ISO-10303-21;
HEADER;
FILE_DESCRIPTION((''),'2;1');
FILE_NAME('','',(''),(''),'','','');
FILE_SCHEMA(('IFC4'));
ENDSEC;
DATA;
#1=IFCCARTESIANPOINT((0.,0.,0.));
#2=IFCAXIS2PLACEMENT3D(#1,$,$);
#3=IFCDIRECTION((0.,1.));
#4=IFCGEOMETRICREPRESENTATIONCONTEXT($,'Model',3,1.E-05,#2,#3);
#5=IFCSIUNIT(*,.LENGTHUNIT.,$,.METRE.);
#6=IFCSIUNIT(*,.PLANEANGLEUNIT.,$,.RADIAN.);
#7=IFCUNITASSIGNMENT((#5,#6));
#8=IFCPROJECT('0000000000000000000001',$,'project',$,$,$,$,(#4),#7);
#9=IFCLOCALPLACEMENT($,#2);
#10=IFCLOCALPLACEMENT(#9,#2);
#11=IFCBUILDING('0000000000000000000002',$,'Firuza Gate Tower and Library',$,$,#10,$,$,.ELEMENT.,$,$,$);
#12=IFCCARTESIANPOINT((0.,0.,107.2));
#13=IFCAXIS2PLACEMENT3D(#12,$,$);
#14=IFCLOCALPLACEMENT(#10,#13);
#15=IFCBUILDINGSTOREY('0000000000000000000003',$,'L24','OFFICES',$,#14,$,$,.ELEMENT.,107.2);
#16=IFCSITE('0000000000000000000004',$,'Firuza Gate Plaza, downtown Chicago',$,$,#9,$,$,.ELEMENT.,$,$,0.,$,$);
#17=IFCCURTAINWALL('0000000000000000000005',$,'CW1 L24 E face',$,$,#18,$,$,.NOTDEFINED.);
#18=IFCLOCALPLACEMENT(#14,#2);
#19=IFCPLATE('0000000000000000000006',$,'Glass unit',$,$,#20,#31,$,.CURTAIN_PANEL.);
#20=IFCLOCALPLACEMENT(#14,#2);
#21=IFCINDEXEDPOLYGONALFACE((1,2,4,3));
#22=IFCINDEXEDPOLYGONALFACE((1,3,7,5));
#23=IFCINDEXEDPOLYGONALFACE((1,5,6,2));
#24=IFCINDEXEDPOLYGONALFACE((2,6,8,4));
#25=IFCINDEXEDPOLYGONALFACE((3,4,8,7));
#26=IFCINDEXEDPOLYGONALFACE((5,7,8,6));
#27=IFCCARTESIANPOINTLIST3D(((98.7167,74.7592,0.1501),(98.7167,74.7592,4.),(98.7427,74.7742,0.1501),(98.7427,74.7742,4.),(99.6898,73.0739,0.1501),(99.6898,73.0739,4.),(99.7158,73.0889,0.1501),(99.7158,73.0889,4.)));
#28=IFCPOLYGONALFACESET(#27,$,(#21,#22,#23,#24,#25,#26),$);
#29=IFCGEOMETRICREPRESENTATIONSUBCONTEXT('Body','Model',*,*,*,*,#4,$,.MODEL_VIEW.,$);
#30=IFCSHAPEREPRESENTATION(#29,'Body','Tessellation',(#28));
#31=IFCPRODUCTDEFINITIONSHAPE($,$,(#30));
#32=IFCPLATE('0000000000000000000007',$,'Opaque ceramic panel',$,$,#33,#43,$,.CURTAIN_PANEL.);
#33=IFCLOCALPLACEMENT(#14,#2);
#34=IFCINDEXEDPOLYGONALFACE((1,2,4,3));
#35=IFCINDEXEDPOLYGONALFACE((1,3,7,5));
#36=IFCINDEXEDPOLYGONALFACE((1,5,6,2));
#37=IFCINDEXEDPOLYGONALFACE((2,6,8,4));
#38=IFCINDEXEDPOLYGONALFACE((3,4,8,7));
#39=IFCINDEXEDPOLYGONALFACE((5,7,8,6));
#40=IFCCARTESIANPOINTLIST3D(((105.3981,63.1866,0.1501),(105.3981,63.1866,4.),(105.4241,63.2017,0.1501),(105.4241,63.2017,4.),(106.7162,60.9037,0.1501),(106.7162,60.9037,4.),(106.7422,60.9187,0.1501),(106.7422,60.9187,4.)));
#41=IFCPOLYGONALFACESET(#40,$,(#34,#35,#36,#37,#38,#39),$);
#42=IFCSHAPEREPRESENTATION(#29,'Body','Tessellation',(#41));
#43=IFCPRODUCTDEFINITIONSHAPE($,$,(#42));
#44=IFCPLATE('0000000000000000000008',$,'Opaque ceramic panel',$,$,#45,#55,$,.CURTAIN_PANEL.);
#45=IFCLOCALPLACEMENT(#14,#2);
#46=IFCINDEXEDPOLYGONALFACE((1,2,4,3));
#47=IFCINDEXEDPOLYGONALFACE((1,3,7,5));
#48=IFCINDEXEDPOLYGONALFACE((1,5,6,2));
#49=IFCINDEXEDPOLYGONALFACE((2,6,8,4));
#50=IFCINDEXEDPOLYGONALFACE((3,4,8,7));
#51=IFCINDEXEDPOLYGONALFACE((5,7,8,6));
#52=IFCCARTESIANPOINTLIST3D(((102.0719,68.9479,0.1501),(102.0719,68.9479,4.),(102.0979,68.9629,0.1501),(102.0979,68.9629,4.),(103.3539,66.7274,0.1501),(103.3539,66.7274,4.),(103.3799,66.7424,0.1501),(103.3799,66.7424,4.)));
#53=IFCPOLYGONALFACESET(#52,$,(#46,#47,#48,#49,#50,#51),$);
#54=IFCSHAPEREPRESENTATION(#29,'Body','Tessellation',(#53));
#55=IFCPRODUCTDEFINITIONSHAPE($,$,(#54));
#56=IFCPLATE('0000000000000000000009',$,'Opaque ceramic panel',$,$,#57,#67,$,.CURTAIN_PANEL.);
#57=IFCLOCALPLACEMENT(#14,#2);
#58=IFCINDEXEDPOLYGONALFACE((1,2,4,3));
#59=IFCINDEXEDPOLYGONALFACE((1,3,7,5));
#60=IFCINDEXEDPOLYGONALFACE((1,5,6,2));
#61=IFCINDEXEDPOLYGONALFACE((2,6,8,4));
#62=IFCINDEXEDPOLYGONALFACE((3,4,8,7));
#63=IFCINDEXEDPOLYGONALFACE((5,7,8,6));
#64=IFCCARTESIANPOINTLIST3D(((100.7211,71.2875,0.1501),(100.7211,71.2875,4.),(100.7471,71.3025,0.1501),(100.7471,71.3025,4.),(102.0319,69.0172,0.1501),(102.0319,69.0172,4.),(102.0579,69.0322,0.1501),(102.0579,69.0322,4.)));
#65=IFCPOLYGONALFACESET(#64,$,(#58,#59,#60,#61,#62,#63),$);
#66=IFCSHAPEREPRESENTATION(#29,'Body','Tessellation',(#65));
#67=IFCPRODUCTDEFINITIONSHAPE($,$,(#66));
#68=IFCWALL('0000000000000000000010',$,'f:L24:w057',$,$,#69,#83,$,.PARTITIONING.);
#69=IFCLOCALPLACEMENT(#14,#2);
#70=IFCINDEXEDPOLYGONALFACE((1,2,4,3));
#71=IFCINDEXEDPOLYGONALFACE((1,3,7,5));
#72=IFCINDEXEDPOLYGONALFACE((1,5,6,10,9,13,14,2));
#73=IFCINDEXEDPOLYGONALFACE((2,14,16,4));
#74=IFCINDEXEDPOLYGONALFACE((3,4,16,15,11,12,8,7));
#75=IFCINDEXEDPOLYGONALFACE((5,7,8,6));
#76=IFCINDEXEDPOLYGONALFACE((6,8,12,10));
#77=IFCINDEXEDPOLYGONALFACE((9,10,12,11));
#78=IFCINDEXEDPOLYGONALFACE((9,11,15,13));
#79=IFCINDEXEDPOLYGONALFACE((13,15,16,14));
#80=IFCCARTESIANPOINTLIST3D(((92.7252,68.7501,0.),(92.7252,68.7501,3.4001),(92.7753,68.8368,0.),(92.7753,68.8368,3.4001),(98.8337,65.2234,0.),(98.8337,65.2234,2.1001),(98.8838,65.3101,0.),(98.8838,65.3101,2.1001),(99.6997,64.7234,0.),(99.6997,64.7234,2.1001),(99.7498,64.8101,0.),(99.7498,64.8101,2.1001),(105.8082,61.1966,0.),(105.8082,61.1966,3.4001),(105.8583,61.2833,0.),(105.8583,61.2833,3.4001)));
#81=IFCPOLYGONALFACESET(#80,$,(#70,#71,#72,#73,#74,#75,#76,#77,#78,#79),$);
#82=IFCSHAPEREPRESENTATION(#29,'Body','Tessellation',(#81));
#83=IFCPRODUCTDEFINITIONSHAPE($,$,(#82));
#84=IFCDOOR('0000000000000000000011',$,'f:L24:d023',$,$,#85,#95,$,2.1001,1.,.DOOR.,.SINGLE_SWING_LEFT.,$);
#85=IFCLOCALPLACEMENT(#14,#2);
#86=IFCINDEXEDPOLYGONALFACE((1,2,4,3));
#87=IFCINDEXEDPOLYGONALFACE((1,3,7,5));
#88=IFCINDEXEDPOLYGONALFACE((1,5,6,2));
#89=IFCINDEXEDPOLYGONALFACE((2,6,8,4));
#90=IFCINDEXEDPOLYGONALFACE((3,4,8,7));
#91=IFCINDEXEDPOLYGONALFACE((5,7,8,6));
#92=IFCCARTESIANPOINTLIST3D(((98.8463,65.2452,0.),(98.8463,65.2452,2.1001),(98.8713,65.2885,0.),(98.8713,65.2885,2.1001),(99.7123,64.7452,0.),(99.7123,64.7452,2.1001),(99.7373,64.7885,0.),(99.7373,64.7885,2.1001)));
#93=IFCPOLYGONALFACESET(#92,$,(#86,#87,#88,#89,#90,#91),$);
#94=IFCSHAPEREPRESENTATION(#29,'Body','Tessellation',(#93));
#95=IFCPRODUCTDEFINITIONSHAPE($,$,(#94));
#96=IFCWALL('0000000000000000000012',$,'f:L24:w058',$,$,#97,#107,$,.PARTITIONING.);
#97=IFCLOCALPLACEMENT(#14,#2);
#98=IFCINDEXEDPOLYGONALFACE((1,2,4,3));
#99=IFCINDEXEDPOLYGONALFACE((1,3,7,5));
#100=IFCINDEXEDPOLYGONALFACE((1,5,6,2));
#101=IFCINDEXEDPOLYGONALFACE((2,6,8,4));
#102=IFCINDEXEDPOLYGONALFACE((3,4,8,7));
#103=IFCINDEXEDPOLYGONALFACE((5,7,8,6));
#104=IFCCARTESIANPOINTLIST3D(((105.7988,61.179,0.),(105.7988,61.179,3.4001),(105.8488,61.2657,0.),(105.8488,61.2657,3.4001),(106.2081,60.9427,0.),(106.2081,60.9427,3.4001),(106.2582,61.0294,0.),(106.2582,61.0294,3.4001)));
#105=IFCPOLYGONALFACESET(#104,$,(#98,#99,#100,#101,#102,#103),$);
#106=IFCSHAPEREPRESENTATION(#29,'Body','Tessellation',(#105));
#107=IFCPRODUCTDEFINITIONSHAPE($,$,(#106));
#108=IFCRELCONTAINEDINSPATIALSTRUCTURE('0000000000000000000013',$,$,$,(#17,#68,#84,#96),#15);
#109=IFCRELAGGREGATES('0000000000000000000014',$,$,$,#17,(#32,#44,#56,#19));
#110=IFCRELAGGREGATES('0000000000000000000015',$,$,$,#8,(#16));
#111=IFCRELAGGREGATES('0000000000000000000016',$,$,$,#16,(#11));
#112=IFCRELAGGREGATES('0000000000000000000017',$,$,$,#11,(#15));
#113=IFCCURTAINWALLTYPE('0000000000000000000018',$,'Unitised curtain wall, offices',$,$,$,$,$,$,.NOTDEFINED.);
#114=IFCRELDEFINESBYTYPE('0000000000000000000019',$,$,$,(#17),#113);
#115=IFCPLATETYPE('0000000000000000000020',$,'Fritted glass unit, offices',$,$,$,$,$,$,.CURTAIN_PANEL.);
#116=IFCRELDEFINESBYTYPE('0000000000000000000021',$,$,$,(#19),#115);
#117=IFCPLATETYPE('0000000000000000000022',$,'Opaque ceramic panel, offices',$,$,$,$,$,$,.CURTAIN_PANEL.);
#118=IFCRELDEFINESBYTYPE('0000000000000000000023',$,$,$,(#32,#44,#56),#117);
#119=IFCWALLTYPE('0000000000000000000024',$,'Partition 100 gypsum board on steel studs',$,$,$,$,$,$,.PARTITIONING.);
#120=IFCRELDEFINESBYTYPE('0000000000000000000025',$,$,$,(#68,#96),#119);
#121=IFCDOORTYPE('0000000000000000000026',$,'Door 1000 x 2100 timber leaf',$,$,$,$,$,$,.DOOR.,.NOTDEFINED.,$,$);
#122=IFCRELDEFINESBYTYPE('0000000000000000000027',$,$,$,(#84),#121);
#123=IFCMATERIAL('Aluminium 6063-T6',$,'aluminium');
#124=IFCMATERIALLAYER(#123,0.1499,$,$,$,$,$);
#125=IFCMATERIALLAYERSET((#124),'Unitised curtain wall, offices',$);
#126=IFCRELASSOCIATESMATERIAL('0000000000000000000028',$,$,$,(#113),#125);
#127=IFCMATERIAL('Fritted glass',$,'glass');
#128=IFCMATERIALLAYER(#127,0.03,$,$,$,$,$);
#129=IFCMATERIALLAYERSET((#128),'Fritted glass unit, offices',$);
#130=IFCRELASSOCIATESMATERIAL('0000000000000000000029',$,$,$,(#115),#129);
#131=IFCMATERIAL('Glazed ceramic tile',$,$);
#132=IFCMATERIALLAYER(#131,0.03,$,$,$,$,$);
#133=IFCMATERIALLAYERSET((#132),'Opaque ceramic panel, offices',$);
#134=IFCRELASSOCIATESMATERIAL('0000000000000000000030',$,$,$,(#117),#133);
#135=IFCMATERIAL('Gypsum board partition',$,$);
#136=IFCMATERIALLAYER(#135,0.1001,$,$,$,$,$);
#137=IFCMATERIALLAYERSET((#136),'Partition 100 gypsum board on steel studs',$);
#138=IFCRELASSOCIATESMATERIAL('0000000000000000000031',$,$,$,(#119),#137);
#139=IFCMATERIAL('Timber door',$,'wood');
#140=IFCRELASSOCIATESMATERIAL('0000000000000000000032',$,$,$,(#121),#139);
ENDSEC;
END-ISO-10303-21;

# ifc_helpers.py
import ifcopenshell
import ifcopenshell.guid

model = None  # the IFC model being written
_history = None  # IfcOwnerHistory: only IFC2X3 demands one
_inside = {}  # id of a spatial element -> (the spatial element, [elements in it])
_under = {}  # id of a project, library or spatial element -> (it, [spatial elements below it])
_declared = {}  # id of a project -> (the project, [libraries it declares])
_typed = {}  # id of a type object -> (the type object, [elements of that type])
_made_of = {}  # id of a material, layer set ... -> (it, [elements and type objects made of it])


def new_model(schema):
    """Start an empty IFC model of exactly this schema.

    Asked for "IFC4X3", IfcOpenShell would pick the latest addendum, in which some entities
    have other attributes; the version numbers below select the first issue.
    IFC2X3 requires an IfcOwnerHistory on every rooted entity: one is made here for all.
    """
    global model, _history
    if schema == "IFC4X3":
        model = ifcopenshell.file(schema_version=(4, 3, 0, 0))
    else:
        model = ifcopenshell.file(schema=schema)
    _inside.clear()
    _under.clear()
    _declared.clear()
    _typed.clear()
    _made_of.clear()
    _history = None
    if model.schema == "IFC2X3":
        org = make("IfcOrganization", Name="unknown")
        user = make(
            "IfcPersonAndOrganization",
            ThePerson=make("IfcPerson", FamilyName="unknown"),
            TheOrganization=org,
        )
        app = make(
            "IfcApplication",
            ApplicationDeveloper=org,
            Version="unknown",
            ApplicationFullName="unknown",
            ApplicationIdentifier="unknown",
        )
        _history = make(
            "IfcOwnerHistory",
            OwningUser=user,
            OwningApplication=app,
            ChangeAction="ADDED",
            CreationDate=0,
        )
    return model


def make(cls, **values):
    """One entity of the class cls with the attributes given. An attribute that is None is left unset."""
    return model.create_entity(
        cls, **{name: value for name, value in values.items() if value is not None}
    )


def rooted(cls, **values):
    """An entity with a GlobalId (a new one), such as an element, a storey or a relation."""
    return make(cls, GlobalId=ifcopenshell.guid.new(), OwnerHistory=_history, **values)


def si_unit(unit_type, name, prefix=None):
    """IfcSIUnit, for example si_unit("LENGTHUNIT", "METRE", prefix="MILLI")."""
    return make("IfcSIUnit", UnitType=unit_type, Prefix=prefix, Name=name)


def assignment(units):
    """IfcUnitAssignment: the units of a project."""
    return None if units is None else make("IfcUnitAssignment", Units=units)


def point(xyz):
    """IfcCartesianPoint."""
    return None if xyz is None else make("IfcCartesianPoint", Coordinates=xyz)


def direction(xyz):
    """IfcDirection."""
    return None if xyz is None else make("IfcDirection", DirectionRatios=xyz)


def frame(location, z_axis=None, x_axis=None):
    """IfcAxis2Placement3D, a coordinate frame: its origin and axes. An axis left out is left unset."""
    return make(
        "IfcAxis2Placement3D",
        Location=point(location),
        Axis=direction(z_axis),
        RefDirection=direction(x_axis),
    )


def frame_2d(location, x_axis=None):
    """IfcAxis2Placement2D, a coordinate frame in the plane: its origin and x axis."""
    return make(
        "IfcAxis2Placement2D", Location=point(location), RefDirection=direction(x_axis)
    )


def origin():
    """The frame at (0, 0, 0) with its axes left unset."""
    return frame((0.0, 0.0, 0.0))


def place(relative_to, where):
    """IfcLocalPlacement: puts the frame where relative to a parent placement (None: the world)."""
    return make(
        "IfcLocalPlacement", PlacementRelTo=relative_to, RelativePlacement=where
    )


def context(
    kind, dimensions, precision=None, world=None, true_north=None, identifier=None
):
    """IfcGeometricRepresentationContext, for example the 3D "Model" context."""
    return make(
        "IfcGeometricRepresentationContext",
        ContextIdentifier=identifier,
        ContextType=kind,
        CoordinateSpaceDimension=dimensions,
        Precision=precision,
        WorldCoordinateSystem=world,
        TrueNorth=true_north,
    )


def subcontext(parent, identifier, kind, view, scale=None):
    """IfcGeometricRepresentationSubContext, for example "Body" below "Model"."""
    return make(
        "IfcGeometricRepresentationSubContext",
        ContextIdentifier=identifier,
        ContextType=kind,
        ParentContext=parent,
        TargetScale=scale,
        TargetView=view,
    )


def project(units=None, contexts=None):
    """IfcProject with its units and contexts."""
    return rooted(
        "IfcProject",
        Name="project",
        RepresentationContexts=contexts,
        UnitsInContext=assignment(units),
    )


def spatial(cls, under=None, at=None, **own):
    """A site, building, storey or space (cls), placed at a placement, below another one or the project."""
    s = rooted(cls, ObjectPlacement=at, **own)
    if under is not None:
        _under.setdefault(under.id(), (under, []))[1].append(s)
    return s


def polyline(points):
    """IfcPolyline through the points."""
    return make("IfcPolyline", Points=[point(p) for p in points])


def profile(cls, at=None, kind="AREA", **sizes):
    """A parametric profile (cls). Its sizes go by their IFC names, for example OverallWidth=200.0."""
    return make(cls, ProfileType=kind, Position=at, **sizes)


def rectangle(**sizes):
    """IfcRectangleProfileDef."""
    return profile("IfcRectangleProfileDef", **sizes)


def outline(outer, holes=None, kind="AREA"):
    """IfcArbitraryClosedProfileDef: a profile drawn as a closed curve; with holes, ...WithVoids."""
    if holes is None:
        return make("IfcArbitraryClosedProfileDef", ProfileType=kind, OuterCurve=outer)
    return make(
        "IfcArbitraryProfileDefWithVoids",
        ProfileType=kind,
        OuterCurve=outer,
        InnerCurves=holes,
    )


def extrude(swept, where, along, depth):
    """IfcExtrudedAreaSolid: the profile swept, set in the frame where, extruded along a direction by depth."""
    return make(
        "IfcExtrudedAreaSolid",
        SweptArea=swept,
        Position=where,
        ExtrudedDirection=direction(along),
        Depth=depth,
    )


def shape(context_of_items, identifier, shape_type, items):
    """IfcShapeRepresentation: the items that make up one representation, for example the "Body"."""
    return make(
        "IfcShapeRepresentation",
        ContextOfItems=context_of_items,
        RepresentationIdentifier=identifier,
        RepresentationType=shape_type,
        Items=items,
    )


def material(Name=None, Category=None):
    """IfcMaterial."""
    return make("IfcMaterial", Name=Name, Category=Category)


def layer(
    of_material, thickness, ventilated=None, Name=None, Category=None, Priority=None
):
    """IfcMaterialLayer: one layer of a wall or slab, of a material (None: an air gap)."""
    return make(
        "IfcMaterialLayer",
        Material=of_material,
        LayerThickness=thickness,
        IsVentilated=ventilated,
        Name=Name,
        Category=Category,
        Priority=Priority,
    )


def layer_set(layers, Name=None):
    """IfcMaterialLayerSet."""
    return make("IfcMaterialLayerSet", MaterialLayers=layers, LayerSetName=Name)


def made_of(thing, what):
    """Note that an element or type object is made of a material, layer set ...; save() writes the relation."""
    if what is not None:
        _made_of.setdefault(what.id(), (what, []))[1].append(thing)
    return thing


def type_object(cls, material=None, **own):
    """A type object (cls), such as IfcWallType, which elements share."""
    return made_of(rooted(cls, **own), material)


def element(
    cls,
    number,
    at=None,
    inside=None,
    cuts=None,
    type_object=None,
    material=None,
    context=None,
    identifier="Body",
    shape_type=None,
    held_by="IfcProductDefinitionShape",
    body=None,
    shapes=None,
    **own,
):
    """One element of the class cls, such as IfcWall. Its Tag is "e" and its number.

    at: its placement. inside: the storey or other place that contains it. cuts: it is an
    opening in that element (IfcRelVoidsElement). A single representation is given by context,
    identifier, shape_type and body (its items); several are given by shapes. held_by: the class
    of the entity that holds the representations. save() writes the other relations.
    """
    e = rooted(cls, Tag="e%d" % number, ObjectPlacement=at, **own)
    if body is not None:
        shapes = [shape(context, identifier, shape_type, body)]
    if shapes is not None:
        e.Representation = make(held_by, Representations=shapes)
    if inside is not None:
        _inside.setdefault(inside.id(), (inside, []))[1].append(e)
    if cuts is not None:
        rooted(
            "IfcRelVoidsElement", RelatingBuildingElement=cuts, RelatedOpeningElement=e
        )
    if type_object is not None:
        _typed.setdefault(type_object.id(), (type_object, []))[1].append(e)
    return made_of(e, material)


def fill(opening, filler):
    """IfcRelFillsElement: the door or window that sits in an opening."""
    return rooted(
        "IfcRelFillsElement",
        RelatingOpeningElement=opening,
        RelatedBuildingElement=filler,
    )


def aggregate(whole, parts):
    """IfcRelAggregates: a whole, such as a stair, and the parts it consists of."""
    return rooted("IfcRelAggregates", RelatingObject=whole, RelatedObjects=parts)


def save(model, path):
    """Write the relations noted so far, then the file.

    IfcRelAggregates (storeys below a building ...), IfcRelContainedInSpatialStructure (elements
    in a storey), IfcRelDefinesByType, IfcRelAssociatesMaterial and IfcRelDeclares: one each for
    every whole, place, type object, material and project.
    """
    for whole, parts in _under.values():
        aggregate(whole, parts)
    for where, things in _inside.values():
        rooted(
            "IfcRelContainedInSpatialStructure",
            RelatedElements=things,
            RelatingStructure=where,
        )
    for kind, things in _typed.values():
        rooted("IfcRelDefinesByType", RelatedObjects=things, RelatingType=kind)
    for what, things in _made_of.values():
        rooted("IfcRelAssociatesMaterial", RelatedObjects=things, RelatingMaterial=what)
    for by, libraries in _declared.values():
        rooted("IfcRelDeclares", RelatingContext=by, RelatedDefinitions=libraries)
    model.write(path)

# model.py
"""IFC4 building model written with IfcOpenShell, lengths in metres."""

from ifc_helpers import new_model, si_unit, direction, frame, frame_2d, origin, place, context, subcontext, project, spatial, polyline, rectangle, outline, extrude, material, layer, layer_set, type_object, element, fill, aggregate, save


model = new_model("IFC4")

# Units and contexts
model_context = context("Model", 3, precision=1e-05, world=origin(), true_north=direction((0.0, 1.0)))
body_context = subcontext(model_context, "Body", "Model", "MODEL_VIEW")
ifc_project = project(units=[si_unit("LENGTHUNIT", "METRE"), si_unit("PLANEANGLEUNIT", "RADIAN")], contexts=[model_context])

# Site, building, storey
site_placement = place(None, origin())
site = spatial("IfcSite", under=ifc_project, at=site_placement, Name="Firuza Gate Plaza, downtown Chicago", CompositionType="ELEMENT", RefElevation=0.0)
building_placement = place(site_placement, origin())
building = spatial("IfcBuilding", under=site, at=building_placement, Name="Firuza Gate Tower and Library", CompositionType="ELEMENT")
storey_placement = place(building_placement, frame((0.0, 0.0, 107.2)))
storey = spatial("IfcBuildingStorey", under=building, at=storey_placement, Name="L24", Description="OFFICES", CompositionType="ELEMENT", Elevation=107.2)

# Curtain wall
ifc_material_1 = material(Name="Aluminium 6063-T6", Category="aluminium")
ifc_layer_1 = layer(ifc_material_1, 0.1499)
ifc_layer_set_1 = layer_set([ifc_layer_1], Name="Unitised curtain wall, offices")
curtain_wall_type = type_object("IfcCurtainWallType", Name="Unitised curtain wall, offices", PredefinedType="NOTDEFINED", material=ifc_layer_set_1)
curtain_wall_placement = place(storey_placement, origin())
curtain_wall = element("IfcCurtainWall", 1, at=curtain_wall_placement, inside=storey, type_object=curtain_wall_type, Name="CW1 L24 E face", PredefinedType="NOTDEFINED")

# Plates
ifc_material_2 = material(Name="Fritted glass", Category="glass")
ifc_layer_2 = layer(ifc_material_2, 0.03)
ifc_layer_set_2 = layer_set([ifc_layer_2], Name="Fritted glass unit, offices")
plate_type_1 = type_object("IfcPlateType", Name="Fritted glass unit, offices", PredefinedType="CURTAIN_PANEL", material=ifc_layer_set_2)
plate_1_placement = place(storey_placement, frame((99.7158, 73.0889, 0.1501), z_axis=(0.865995, 0.500052, 0.0), x_axis=(-0.500052, 0.865995, 0.0)))
plate_1 = element("IfcPlate", 2, at=plate_1_placement, type_object=plate_type_1, Name="Glass unit", PredefinedType="CURTAIN_PANEL", context=body_context, shape_type="SweptSolid", body=[
    extrude(outline(polyline([(0.0, 0.0), (1.9461, 0.0), (1.9461, 3.8499), (0.0, 3.8499), (0.0, 0.0)])), origin(), (0.0, 0.0, -1.0), 0.03),
])
ifc_material_3 = material(Name="Glazed ceramic tile")
ifc_layer_3 = layer(ifc_material_3, 0.03)
ifc_layer_set_3 = layer_set([ifc_layer_3], Name="Opaque ceramic panel, offices")
plate_type_2 = type_object("IfcPlateType", Name="Opaque ceramic panel, offices", PredefinedType="CURTAIN_PANEL", material=ifc_layer_set_3)
plate_2_placement = place(storey_placement, frame((106.7422, 60.9187, 0.1501), z_axis=(0.866017, 0.500014, 0.0), x_axis=(-0.500014, 0.866017, 0.0)))
plate_2 = element("IfcPlate", 3, at=plate_2_placement, type_object=plate_type_2, Name="Opaque ceramic panel", PredefinedType="CURTAIN_PANEL", context=body_context, shape_type="SweptSolid", body=[
    extrude(outline(polyline([(0.0, 0.0), (2.6362, 0.0), (2.6362, 3.8499), (0.0, 3.8499), (0.0, 0.0)])), origin(), (0.0, 0.0, -1.0), 0.03),
])
plate_3_placement = place(storey_placement, frame((103.3799, 66.7424, 0.1501), z_axis=(0.866025, 0.5, 0.0), x_axis=(-0.5, 0.866025, 0.0)))
plate_3 = element("IfcPlate", 4, at=plate_3_placement, type_object=plate_type_2, Name="Opaque ceramic panel", PredefinedType="CURTAIN_PANEL", context=body_context, shape_type="SweptSolid", body=[
    extrude(outline(polyline([(0.0, 0.0), (2.564, 0.0), (2.564, 3.8499), (0.0, 3.8499), (0.0, 0.0)])), origin(), (0.0, 0.0, -1.0), 0.03),
])
plate_4_placement = place(storey_placement, frame((102.0579, 69.0322, 0.1501), z_axis=(0.866017, 0.500015, 0.0), x_axis=(-0.500015, 0.866017, 0.0)))
plate_4 = element("IfcPlate", 5, at=plate_4_placement, type_object=plate_type_2, Name="Opaque ceramic panel", PredefinedType="CURTAIN_PANEL", context=body_context, shape_type="SweptSolid", body=[
    extrude(outline(polyline([(0.0, 0.0), (2.6215, 0.0), (2.6215, 3.8499), (0.0, 3.8499), (0.0, 0.0)])), origin(), (0.0, 0.0, -1.0), 0.03),
])
aggregate(curtain_wall, [plate_2, plate_3, plate_4, plate_1])

# Wall, opening, door
ifc_material_4 = material(Name="Gypsum board partition")
ifc_layer_4 = layer(ifc_material_4, 0.1001)
ifc_layer_set_4 = layer_set([ifc_layer_4], Name="Partition 100 gypsum board on steel studs")
wall_type = type_object("IfcWallType", Name="Partition 100 gypsum board on steel studs", PredefinedType="PARTITIONING", material=ifc_layer_set_4)
wall_1_placement = place(storey_placement, frame((105.8333, 61.24, 0.0), z_axis=(0.0, 0.0, 1.0), x_axis=(-0.866026, 0.499999, 0.0)))
wall_1 = element("IfcWall", 6, at=wall_1_placement, inside=storey, type_object=wall_type, Name="f:L24:w057", PredefinedType="PARTITIONING", context=body_context, shape_type="SweptSolid", body=[
    extrude(rectangle(XDim=15.1069, YDim=0.1001, at=frame_2d((7.5535, 0.0))), origin(), (0.0, 0.0, 1.0), 3.4001),
])
opening_placement = place(wall_1_placement, frame((7.0535, 0.0, 0.0)))
opening = element("IfcOpeningElement", 7, at=opening_placement, cuts=wall_1, PredefinedType="OPENING", context=body_context, shape_type="SweptSolid", body=[
    extrude(rectangle(XDim=1.0, YDim=2.1001, at=frame_2d((0.5, 1.05))), frame((0.0, 0.0601, 0.0), z_axis=(0.0, -1.0, 0.0), x_axis=(1.0, 0.0, 0.0)), (0.0, 0.0, 1.0), 0.1201),
])
ifc_material_5 = material(Name="Timber door", Category="wood")
door_type = type_object("IfcDoorType", Name="Door 1000 x 2100 timber leaf", OperationType="NOTDEFINED", PredefinedType="DOOR", material=ifc_material_5)
door_placement = place(opening_placement, origin())
door = element("IfcDoor", 8, at=door_placement, inside=storey, type_object=door_type, Name="f:L24:d023", OperationType="SINGLE_SWING_LEFT", OverallHeight=2.1001, OverallWidth=1.0, PredefinedType="DOOR", context=body_context, shape_type="SweptSolid", body=[
    extrude(rectangle(XDim=1.0, YDim=2.1001, at=frame_2d((0.5, 1.05))), frame((0.0, 0.0249, 0.0), z_axis=(0.0, -1.0, 0.0), x_axis=(1.0, 0.0, 0.0)), (0.0, 0.0, 1.0), 0.05),
])
fill(opening, door)

# Wall
wall_2_placement = place(storey_placement, frame((106.2332, 60.9861, 0.0), z_axis=(0.0, 0.0, 1.0), x_axis=(-0.866074, 0.499916, 0.0)))
element("IfcWall", 9, at=wall_2_placement, inside=storey, type_object=wall_type, Name="f:L24:w058", PredefinedType="PARTITIONING", context=body_context, shape_type="SweptSolid", body=[
    extrude(rectangle(XDim=0.4727, YDim=0.1001, at=frame_2d((0.2363, 0.0))), origin(), (0.0, 0.0, 1.0), 3.4001),
])

save(model, "model.ifc")
